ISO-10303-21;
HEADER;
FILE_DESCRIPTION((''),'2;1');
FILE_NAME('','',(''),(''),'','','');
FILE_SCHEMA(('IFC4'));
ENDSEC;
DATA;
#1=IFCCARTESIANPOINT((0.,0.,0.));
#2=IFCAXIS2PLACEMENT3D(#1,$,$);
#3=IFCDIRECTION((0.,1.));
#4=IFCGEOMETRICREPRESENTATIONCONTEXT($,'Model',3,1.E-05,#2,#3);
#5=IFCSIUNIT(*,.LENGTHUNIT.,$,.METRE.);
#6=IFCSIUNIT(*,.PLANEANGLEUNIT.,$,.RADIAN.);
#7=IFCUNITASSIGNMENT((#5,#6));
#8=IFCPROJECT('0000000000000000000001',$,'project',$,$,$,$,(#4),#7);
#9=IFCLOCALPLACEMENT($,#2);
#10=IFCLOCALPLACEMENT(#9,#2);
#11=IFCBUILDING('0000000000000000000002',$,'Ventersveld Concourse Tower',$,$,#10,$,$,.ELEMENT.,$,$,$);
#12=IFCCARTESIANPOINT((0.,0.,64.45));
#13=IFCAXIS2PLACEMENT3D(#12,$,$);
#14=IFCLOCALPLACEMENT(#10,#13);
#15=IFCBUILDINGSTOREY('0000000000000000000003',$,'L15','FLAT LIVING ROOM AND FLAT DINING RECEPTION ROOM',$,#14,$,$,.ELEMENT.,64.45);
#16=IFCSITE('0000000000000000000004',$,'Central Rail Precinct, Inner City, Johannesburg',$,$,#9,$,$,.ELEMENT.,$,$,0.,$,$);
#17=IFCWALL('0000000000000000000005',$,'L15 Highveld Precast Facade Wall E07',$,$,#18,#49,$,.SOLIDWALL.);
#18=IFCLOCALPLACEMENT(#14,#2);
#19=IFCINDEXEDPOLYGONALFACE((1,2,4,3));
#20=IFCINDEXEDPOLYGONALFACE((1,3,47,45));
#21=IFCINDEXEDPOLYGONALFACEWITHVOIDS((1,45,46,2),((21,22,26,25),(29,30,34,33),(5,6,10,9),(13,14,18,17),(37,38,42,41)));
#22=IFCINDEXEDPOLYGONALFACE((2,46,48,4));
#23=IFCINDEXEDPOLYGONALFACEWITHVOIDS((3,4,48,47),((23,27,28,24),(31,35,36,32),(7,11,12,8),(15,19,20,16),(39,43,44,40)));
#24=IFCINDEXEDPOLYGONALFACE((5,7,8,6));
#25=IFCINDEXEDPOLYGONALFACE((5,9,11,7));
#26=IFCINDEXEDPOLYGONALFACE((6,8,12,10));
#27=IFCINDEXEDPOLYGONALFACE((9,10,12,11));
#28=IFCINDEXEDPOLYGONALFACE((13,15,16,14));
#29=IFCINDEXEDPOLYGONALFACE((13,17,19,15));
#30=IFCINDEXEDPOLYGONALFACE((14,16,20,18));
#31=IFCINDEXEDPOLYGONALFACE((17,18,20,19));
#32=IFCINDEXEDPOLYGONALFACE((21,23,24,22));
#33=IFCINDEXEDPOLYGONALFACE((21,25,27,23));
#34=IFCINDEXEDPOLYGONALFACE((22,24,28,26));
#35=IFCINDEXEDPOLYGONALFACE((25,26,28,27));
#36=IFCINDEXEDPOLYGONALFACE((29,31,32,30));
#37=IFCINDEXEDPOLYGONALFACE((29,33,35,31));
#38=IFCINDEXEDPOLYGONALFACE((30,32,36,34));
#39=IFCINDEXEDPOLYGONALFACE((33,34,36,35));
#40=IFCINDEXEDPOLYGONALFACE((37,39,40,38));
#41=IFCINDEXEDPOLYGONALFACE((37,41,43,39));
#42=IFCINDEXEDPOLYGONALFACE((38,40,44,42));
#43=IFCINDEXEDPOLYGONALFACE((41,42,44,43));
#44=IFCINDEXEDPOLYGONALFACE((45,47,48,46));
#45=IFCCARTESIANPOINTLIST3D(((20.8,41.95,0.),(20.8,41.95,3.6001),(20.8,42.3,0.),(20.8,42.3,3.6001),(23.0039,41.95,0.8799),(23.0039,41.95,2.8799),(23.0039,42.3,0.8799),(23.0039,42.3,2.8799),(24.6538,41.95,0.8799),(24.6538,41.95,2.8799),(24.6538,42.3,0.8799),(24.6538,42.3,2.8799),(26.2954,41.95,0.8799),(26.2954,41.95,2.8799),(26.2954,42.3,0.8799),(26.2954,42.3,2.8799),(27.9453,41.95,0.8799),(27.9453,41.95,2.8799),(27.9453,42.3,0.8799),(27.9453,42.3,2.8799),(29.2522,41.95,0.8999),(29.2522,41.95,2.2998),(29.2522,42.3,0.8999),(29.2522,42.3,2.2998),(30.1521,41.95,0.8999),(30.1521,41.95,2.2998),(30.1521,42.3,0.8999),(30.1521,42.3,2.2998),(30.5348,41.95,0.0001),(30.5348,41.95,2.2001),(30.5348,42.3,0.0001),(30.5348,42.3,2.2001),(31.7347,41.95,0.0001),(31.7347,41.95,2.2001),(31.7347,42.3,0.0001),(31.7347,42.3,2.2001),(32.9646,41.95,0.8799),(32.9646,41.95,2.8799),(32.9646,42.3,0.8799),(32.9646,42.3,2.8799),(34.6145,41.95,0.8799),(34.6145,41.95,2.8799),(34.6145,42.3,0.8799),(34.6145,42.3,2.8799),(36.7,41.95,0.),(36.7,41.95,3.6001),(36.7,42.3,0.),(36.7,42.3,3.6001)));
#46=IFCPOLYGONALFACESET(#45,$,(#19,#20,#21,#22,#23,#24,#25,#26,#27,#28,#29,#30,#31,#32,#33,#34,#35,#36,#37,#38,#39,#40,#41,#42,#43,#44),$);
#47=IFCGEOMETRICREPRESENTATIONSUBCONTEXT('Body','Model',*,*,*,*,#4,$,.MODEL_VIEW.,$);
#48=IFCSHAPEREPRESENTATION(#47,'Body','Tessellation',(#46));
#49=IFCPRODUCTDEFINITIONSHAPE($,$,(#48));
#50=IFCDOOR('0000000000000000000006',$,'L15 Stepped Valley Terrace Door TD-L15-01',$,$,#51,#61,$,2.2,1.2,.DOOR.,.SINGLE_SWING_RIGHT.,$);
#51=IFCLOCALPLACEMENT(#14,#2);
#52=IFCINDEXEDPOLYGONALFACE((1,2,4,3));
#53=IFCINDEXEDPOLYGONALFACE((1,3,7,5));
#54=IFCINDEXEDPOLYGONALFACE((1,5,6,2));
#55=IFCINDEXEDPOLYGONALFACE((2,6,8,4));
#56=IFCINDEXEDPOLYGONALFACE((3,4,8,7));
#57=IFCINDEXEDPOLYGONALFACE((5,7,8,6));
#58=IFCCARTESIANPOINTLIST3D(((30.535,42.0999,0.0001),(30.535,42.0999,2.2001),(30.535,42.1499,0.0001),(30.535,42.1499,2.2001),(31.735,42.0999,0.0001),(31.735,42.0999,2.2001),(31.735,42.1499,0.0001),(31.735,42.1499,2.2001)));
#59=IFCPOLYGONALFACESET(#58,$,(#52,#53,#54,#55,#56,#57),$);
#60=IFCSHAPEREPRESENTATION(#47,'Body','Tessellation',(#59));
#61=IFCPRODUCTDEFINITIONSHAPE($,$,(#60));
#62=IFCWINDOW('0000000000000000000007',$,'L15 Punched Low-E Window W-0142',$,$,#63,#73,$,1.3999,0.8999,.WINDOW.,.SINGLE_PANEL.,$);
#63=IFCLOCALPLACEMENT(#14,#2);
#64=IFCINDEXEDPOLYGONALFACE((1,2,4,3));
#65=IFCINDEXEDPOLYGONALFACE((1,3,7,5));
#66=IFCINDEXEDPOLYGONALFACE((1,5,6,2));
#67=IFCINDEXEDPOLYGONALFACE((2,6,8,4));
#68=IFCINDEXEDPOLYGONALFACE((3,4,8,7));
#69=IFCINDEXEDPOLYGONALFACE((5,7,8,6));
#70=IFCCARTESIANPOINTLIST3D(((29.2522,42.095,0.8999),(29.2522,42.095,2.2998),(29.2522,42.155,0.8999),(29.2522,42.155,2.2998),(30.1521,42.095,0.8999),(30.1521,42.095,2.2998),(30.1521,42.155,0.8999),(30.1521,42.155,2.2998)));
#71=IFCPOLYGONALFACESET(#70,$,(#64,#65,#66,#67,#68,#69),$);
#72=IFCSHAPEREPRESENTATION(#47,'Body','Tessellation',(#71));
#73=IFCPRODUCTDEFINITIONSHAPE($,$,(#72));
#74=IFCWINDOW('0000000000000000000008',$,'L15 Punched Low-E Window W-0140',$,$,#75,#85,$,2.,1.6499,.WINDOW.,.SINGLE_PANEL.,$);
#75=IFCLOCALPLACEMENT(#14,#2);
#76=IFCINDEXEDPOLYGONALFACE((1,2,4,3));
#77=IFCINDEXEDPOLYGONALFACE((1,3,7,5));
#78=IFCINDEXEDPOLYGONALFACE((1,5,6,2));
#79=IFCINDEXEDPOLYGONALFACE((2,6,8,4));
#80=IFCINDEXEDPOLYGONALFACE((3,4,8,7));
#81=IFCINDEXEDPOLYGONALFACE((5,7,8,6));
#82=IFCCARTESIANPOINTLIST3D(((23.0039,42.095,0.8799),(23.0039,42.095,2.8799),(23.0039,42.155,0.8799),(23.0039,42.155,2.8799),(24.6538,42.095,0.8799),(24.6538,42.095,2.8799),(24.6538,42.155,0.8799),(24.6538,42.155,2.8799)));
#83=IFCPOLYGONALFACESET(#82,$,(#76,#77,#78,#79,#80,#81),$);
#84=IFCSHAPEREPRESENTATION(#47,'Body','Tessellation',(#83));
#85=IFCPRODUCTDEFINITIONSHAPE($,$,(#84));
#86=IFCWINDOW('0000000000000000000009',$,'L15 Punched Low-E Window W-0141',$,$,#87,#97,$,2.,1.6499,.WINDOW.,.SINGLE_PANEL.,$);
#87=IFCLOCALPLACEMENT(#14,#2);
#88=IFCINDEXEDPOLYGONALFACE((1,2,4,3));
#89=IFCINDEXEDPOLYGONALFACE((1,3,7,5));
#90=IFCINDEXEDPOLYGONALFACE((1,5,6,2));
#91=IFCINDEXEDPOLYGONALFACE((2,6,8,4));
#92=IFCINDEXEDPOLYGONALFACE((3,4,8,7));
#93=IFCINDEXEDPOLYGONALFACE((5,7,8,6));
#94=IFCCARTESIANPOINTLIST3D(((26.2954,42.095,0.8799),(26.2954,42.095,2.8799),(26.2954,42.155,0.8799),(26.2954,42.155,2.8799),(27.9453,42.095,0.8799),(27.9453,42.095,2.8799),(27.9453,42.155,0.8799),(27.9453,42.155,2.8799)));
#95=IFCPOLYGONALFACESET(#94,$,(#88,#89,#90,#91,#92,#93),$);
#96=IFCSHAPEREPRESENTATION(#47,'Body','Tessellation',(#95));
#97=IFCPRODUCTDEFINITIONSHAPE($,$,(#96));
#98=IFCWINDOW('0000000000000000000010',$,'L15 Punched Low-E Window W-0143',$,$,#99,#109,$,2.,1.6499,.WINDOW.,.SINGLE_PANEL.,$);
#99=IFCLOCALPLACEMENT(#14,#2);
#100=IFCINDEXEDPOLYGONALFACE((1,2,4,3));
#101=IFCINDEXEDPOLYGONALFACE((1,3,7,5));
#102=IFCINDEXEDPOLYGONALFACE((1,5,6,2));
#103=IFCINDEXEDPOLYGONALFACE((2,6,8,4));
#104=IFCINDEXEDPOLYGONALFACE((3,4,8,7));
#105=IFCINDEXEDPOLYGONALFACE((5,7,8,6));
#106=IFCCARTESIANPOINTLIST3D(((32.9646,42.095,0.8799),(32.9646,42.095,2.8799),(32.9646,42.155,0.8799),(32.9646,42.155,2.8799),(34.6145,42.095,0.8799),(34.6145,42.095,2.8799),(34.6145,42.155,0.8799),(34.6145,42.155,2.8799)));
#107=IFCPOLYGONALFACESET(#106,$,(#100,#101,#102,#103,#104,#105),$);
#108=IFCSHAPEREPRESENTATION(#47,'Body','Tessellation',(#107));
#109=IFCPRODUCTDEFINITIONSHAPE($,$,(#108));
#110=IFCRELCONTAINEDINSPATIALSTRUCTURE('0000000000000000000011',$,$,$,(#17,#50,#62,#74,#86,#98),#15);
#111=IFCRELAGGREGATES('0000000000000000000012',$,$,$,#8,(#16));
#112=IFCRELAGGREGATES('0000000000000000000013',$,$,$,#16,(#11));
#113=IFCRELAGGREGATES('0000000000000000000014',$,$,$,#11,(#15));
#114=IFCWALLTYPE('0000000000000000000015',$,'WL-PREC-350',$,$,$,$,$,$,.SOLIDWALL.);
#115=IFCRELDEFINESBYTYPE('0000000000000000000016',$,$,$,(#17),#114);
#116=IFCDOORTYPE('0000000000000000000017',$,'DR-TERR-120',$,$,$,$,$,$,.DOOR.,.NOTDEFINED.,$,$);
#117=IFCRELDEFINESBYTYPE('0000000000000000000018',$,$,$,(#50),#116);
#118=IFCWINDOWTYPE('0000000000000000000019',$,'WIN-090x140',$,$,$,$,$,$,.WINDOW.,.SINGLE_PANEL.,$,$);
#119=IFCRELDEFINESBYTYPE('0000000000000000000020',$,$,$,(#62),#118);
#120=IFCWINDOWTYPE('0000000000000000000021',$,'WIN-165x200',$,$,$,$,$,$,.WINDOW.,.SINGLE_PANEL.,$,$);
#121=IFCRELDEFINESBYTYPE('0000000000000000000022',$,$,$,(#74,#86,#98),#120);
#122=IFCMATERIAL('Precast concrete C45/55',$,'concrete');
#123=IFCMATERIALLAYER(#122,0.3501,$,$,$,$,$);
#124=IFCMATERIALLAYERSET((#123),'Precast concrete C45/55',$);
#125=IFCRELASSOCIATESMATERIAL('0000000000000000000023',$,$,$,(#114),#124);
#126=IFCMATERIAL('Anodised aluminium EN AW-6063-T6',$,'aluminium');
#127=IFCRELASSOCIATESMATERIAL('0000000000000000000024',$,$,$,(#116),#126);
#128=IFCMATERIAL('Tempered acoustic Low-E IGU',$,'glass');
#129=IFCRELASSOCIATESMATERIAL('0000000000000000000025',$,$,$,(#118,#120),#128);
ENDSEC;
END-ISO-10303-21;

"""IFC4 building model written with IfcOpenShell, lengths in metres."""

from ifc_helpers import new_model, si_unit, direction, frame, frame_2d, origin, place, context, subcontext, project, spatial, rectangle, extrude, material, layer, layer_set, type_object, element, fill, save


model = new_model("IFC4")

# Units and contexts
model_context = context("Model", 3, precision=1e-05, world=origin(), true_north=direction((0.0, 1.0)))
body_context = subcontext(model_context, "Body", "Model", "MODEL_VIEW")
ifc_project = project(units=[si_unit("LENGTHUNIT", "METRE"), si_unit("PLANEANGLEUNIT", "RADIAN")], contexts=[model_context])

# Site, building, storey
site_placement = place(None, origin())
site = spatial("IfcSite", under=ifc_project, at=site_placement, Name="Central Rail Precinct, Inner City, Johannesburg", CompositionType="ELEMENT", RefElevation=0.0)
building_placement = place(site_placement, origin())
building = spatial("IfcBuilding", under=site, at=building_placement, Name="Ventersveld Concourse Tower", CompositionType="ELEMENT")
storey_placement = place(building_placement, frame((0.0, 0.0, 64.45)))
storey = spatial("IfcBuildingStorey", under=building, at=storey_placement, Name="L15", Description="FLAT LIVING ROOM AND FLAT DINING RECEPTION ROOM", CompositionType="ELEMENT", Elevation=64.45)

# Shared definitions
ifc_material_1 = material(Name="Precast concrete C45/55", Category="concrete")
ifc_layer_1 = layer(ifc_material_1, 0.3501)
ifc_layer_set_1 = layer_set([ifc_layer_1], Name="Precast concrete C45/55")
wall_type_1 = type_object("IfcWallType", Name="WL-PREC-350", PredefinedType="SOLIDWALL", material=ifc_layer_set_1)

# Wall, openings, door, windows
wall_1_placement = place(storey_placement, frame((36.7, 42.125, 0.0), z_axis=(0.0, 0.0, 1.0), x_axis=(-1.0, 0.0, 0.0)))
wall_1 = element("IfcWall", 1, at=wall_1_placement, inside=storey, type_object=wall_type_1, Name="L15 Highveld Precast Facade Wall E07", PredefinedType="SOLIDWALL", context=body_context, shape_type="SweptSolid", body=[
    extrude(rectangle(XDim=15.8999, YDim=0.3501, at=frame_2d((7.95, 0.0))), origin(), (0.0, 0.0, 1.0), 3.6001),
])
opening_1_placement = place(wall_1_placement, frame((4.9651, 0.0, 0.0)))
opening_1 = element("IfcOpeningElement", 2, at=opening_1_placement, cuts=wall_1, PredefinedType="OPENING", context=body_context, shape_type="SweptSolid", body=[
    extrude(rectangle(XDim=1.2, YDim=2.2, at=frame_2d((0.6001, 1.1001))), frame((0.0, 0.1851, 0.0), z_axis=(0.0, -1.0, 0.0), x_axis=(1.0, 0.0, 0.0)), (0.0, 0.0, 1.0), 0.3701),
])
opening_2_placement = place(wall_1_placement, frame((12.0461, 0.0, 0.8799)))
opening_2 = element("IfcOpeningElement", 3, at=opening_2_placement, cuts=wall_1, PredefinedType="OPENING", context=body_context, shape_type="SweptSolid", body=[
    extrude(rectangle(XDim=1.6499, YDim=2.0, at=frame_2d((0.825, 1.0))), frame((0.0, 0.1851, 0.0), z_axis=(0.0, -1.0, 0.0), x_axis=(1.0, 0.0, 0.0)), (0.0, 0.0, 1.0), 0.3701),
])
opening_3_placement = place(wall_1_placement, frame((8.7546, 0.0, 0.8799)))
opening_3 = element("IfcOpeningElement", 4, at=opening_3_placement, cuts=wall_1, PredefinedType="OPENING", context=body_context, shape_type="SweptSolid", body=[
    extrude(rectangle(XDim=1.6499, YDim=2.0, at=frame_2d((0.825, 1.0))), frame((0.0, 0.1851, 0.0), z_axis=(0.0, -1.0, 0.0), x_axis=(1.0, 0.0, 0.0)), (0.0, 0.0, 1.0), 0.3701),
])
opening_4_placement = place(wall_1_placement, frame((6.5479, 0.0, 0.8999)))
opening_4 = element("IfcOpeningElement", 5, at=opening_4_placement, cuts=wall_1, PredefinedType="OPENING", context=body_context, shape_type="SweptSolid", body=[
    extrude(rectangle(XDim=0.8999, YDim=1.3999, at=frame_2d((0.45, 0.7))), frame((0.0, 0.1851, 0.0), z_axis=(0.0, -1.0, 0.0), x_axis=(1.0, 0.0, 0.0)), (0.0, 0.0, 1.0), 0.3701),
])
opening_5_placement = place(wall_1_placement, frame((2.0854, 0.0, 0.8799)))
opening_5 = element("IfcOpeningElement", 6, at=opening_5_placement, cuts=wall_1, PredefinedType="OPENING", context=body_context, shape_type="SweptSolid", body=[
    extrude(rectangle(XDim=1.6499, YDim=2.0, at=frame_2d((0.825, 1.0))), frame((0.0, 0.1851, 0.0), z_axis=(0.0, -1.0, 0.0), x_axis=(1.0, 0.0, 0.0)), (0.0, 0.0, 1.0), 0.3701),
])
ifc_material_2 = material(Name="Anodised aluminium EN AW-6063-T6", Category="aluminium")
door_type_1 = type_object("IfcDoorType", Name="DR-TERR-120", OperationType="NOTDEFINED", PredefinedType="DOOR", material=ifc_material_2)
door_1_placement = place(opening_1_placement, frame((1.2, 0.0, 0.0), z_axis=(0.0, 0.0, 1.0), x_axis=(-1.0, 0.0, 0.0)))
door_1 = element("IfcDoor", 7, at=door_1_placement, inside=storey, type_object=door_type_1, Name="L15 Stepped Valley Terrace Door TD-L15-01", OperationType="SINGLE_SWING_RIGHT", OverallHeight=2.2, OverallWidth=1.2, PredefinedType="DOOR", context=body_context, shape_type="SweptSolid", body=[
    extrude(rectangle(XDim=1.2, YDim=2.2, at=frame_2d((0.6001, 1.1001))), frame((0.0, 0.0249, 0.0), z_axis=(0.0, -1.0, 0.0), x_axis=(1.0, 0.0, 0.0)), (0.0, 0.0, 1.0), 0.05),
])
fill(opening_1, door_1)
ifc_material_3 = material(Name="Tempered acoustic Low-E IGU", Category="glass")
window_type_1 = type_object("IfcWindowType", Name="WIN-090x140", PartitioningType="SINGLE_PANEL", PredefinedType="WINDOW", material=ifc_material_3)
window_1_placement = place(opening_4_placement, origin())
window_1 = element("IfcWindow", 8, at=window_1_placement, inside=storey, type_object=window_type_1, Name="L15 Punched Low-E Window W-0142", OverallHeight=1.3999, OverallWidth=0.8999, PartitioningType="SINGLE_PANEL", PredefinedType="WINDOW", context=body_context, shape_type="SweptSolid", body=[
    extrude(rectangle(XDim=0.8999, YDim=1.3999, at=frame_2d((0.45, 0.7))), frame((0.0, 0.03, 0.0), z_axis=(0.0, -1.0, 0.0), x_axis=(1.0, 0.0, 0.0)), (0.0, 0.0, 1.0), 0.0601),
])
fill(opening_4, window_1)
window_type_2 = type_object("IfcWindowType", Name="WIN-165x200", PartitioningType="SINGLE_PANEL", PredefinedType="WINDOW", material=ifc_material_3)
window_2_placement = place(opening_2_placement, origin())
window_2 = element("IfcWindow", 9, at=window_2_placement, inside=storey, type_object=window_type_2, Name="L15 Punched Low-E Window W-0140", OverallHeight=2.0, OverallWidth=1.6499, PartitioningType="SINGLE_PANEL", PredefinedType="WINDOW", context=body_context, shape_type="SweptSolid", body=[
    extrude(rectangle(XDim=1.6499, YDim=2.0, at=frame_2d((0.825, 1.0))), frame((0.0, 0.03, 0.0), z_axis=(0.0, -1.0, 0.0), x_axis=(1.0, 0.0, 0.0)), (0.0, 0.0, 1.0), 0.0601),
])
fill(opening_2, window_2)
window_3_placement = place(opening_3_placement, origin())
window_3 = element("IfcWindow", 10, at=window_3_placement, inside=storey, type_object=window_type_2, Name="L15 Punched Low-E Window W-0141", OverallHeight=2.0, OverallWidth=1.6499, PartitioningType="SINGLE_PANEL", PredefinedType="WINDOW", context=body_context, shape_type="SweptSolid", body=[
    extrude(rectangle(XDim=1.6499, YDim=2.0, at=frame_2d((0.825, 1.0))), frame((0.0, 0.03, 0.0), z_axis=(0.0, -1.0, 0.0), x_axis=(1.0, 0.0, 0.0)), (0.0, 0.0, 1.0), 0.0601),
])
fill(opening_3, window_3)
window_4_placement = place(opening_5_placement, origin())
window_4 = element("IfcWindow", 11, at=window_4_placement, inside=storey, type_object=window_type_2, Name="L15 Punched Low-E Window W-0143", OverallHeight=2.0, OverallWidth=1.6499, PartitioningType="SINGLE_PANEL", PredefinedType="WINDOW", context=body_context, shape_type="SweptSolid", body=[
    extrude(rectangle(XDim=1.6499, YDim=2.0, at=frame_2d((0.825, 1.0))), frame((0.0, 0.03, 0.0), z_axis=(0.0, -1.0, 0.0), x_axis=(1.0, 0.0, 0.0)), (0.0, 0.0, 1.0), 0.0601),
])
fill(opening_5, window_4)

save(model, "model.ifc")
